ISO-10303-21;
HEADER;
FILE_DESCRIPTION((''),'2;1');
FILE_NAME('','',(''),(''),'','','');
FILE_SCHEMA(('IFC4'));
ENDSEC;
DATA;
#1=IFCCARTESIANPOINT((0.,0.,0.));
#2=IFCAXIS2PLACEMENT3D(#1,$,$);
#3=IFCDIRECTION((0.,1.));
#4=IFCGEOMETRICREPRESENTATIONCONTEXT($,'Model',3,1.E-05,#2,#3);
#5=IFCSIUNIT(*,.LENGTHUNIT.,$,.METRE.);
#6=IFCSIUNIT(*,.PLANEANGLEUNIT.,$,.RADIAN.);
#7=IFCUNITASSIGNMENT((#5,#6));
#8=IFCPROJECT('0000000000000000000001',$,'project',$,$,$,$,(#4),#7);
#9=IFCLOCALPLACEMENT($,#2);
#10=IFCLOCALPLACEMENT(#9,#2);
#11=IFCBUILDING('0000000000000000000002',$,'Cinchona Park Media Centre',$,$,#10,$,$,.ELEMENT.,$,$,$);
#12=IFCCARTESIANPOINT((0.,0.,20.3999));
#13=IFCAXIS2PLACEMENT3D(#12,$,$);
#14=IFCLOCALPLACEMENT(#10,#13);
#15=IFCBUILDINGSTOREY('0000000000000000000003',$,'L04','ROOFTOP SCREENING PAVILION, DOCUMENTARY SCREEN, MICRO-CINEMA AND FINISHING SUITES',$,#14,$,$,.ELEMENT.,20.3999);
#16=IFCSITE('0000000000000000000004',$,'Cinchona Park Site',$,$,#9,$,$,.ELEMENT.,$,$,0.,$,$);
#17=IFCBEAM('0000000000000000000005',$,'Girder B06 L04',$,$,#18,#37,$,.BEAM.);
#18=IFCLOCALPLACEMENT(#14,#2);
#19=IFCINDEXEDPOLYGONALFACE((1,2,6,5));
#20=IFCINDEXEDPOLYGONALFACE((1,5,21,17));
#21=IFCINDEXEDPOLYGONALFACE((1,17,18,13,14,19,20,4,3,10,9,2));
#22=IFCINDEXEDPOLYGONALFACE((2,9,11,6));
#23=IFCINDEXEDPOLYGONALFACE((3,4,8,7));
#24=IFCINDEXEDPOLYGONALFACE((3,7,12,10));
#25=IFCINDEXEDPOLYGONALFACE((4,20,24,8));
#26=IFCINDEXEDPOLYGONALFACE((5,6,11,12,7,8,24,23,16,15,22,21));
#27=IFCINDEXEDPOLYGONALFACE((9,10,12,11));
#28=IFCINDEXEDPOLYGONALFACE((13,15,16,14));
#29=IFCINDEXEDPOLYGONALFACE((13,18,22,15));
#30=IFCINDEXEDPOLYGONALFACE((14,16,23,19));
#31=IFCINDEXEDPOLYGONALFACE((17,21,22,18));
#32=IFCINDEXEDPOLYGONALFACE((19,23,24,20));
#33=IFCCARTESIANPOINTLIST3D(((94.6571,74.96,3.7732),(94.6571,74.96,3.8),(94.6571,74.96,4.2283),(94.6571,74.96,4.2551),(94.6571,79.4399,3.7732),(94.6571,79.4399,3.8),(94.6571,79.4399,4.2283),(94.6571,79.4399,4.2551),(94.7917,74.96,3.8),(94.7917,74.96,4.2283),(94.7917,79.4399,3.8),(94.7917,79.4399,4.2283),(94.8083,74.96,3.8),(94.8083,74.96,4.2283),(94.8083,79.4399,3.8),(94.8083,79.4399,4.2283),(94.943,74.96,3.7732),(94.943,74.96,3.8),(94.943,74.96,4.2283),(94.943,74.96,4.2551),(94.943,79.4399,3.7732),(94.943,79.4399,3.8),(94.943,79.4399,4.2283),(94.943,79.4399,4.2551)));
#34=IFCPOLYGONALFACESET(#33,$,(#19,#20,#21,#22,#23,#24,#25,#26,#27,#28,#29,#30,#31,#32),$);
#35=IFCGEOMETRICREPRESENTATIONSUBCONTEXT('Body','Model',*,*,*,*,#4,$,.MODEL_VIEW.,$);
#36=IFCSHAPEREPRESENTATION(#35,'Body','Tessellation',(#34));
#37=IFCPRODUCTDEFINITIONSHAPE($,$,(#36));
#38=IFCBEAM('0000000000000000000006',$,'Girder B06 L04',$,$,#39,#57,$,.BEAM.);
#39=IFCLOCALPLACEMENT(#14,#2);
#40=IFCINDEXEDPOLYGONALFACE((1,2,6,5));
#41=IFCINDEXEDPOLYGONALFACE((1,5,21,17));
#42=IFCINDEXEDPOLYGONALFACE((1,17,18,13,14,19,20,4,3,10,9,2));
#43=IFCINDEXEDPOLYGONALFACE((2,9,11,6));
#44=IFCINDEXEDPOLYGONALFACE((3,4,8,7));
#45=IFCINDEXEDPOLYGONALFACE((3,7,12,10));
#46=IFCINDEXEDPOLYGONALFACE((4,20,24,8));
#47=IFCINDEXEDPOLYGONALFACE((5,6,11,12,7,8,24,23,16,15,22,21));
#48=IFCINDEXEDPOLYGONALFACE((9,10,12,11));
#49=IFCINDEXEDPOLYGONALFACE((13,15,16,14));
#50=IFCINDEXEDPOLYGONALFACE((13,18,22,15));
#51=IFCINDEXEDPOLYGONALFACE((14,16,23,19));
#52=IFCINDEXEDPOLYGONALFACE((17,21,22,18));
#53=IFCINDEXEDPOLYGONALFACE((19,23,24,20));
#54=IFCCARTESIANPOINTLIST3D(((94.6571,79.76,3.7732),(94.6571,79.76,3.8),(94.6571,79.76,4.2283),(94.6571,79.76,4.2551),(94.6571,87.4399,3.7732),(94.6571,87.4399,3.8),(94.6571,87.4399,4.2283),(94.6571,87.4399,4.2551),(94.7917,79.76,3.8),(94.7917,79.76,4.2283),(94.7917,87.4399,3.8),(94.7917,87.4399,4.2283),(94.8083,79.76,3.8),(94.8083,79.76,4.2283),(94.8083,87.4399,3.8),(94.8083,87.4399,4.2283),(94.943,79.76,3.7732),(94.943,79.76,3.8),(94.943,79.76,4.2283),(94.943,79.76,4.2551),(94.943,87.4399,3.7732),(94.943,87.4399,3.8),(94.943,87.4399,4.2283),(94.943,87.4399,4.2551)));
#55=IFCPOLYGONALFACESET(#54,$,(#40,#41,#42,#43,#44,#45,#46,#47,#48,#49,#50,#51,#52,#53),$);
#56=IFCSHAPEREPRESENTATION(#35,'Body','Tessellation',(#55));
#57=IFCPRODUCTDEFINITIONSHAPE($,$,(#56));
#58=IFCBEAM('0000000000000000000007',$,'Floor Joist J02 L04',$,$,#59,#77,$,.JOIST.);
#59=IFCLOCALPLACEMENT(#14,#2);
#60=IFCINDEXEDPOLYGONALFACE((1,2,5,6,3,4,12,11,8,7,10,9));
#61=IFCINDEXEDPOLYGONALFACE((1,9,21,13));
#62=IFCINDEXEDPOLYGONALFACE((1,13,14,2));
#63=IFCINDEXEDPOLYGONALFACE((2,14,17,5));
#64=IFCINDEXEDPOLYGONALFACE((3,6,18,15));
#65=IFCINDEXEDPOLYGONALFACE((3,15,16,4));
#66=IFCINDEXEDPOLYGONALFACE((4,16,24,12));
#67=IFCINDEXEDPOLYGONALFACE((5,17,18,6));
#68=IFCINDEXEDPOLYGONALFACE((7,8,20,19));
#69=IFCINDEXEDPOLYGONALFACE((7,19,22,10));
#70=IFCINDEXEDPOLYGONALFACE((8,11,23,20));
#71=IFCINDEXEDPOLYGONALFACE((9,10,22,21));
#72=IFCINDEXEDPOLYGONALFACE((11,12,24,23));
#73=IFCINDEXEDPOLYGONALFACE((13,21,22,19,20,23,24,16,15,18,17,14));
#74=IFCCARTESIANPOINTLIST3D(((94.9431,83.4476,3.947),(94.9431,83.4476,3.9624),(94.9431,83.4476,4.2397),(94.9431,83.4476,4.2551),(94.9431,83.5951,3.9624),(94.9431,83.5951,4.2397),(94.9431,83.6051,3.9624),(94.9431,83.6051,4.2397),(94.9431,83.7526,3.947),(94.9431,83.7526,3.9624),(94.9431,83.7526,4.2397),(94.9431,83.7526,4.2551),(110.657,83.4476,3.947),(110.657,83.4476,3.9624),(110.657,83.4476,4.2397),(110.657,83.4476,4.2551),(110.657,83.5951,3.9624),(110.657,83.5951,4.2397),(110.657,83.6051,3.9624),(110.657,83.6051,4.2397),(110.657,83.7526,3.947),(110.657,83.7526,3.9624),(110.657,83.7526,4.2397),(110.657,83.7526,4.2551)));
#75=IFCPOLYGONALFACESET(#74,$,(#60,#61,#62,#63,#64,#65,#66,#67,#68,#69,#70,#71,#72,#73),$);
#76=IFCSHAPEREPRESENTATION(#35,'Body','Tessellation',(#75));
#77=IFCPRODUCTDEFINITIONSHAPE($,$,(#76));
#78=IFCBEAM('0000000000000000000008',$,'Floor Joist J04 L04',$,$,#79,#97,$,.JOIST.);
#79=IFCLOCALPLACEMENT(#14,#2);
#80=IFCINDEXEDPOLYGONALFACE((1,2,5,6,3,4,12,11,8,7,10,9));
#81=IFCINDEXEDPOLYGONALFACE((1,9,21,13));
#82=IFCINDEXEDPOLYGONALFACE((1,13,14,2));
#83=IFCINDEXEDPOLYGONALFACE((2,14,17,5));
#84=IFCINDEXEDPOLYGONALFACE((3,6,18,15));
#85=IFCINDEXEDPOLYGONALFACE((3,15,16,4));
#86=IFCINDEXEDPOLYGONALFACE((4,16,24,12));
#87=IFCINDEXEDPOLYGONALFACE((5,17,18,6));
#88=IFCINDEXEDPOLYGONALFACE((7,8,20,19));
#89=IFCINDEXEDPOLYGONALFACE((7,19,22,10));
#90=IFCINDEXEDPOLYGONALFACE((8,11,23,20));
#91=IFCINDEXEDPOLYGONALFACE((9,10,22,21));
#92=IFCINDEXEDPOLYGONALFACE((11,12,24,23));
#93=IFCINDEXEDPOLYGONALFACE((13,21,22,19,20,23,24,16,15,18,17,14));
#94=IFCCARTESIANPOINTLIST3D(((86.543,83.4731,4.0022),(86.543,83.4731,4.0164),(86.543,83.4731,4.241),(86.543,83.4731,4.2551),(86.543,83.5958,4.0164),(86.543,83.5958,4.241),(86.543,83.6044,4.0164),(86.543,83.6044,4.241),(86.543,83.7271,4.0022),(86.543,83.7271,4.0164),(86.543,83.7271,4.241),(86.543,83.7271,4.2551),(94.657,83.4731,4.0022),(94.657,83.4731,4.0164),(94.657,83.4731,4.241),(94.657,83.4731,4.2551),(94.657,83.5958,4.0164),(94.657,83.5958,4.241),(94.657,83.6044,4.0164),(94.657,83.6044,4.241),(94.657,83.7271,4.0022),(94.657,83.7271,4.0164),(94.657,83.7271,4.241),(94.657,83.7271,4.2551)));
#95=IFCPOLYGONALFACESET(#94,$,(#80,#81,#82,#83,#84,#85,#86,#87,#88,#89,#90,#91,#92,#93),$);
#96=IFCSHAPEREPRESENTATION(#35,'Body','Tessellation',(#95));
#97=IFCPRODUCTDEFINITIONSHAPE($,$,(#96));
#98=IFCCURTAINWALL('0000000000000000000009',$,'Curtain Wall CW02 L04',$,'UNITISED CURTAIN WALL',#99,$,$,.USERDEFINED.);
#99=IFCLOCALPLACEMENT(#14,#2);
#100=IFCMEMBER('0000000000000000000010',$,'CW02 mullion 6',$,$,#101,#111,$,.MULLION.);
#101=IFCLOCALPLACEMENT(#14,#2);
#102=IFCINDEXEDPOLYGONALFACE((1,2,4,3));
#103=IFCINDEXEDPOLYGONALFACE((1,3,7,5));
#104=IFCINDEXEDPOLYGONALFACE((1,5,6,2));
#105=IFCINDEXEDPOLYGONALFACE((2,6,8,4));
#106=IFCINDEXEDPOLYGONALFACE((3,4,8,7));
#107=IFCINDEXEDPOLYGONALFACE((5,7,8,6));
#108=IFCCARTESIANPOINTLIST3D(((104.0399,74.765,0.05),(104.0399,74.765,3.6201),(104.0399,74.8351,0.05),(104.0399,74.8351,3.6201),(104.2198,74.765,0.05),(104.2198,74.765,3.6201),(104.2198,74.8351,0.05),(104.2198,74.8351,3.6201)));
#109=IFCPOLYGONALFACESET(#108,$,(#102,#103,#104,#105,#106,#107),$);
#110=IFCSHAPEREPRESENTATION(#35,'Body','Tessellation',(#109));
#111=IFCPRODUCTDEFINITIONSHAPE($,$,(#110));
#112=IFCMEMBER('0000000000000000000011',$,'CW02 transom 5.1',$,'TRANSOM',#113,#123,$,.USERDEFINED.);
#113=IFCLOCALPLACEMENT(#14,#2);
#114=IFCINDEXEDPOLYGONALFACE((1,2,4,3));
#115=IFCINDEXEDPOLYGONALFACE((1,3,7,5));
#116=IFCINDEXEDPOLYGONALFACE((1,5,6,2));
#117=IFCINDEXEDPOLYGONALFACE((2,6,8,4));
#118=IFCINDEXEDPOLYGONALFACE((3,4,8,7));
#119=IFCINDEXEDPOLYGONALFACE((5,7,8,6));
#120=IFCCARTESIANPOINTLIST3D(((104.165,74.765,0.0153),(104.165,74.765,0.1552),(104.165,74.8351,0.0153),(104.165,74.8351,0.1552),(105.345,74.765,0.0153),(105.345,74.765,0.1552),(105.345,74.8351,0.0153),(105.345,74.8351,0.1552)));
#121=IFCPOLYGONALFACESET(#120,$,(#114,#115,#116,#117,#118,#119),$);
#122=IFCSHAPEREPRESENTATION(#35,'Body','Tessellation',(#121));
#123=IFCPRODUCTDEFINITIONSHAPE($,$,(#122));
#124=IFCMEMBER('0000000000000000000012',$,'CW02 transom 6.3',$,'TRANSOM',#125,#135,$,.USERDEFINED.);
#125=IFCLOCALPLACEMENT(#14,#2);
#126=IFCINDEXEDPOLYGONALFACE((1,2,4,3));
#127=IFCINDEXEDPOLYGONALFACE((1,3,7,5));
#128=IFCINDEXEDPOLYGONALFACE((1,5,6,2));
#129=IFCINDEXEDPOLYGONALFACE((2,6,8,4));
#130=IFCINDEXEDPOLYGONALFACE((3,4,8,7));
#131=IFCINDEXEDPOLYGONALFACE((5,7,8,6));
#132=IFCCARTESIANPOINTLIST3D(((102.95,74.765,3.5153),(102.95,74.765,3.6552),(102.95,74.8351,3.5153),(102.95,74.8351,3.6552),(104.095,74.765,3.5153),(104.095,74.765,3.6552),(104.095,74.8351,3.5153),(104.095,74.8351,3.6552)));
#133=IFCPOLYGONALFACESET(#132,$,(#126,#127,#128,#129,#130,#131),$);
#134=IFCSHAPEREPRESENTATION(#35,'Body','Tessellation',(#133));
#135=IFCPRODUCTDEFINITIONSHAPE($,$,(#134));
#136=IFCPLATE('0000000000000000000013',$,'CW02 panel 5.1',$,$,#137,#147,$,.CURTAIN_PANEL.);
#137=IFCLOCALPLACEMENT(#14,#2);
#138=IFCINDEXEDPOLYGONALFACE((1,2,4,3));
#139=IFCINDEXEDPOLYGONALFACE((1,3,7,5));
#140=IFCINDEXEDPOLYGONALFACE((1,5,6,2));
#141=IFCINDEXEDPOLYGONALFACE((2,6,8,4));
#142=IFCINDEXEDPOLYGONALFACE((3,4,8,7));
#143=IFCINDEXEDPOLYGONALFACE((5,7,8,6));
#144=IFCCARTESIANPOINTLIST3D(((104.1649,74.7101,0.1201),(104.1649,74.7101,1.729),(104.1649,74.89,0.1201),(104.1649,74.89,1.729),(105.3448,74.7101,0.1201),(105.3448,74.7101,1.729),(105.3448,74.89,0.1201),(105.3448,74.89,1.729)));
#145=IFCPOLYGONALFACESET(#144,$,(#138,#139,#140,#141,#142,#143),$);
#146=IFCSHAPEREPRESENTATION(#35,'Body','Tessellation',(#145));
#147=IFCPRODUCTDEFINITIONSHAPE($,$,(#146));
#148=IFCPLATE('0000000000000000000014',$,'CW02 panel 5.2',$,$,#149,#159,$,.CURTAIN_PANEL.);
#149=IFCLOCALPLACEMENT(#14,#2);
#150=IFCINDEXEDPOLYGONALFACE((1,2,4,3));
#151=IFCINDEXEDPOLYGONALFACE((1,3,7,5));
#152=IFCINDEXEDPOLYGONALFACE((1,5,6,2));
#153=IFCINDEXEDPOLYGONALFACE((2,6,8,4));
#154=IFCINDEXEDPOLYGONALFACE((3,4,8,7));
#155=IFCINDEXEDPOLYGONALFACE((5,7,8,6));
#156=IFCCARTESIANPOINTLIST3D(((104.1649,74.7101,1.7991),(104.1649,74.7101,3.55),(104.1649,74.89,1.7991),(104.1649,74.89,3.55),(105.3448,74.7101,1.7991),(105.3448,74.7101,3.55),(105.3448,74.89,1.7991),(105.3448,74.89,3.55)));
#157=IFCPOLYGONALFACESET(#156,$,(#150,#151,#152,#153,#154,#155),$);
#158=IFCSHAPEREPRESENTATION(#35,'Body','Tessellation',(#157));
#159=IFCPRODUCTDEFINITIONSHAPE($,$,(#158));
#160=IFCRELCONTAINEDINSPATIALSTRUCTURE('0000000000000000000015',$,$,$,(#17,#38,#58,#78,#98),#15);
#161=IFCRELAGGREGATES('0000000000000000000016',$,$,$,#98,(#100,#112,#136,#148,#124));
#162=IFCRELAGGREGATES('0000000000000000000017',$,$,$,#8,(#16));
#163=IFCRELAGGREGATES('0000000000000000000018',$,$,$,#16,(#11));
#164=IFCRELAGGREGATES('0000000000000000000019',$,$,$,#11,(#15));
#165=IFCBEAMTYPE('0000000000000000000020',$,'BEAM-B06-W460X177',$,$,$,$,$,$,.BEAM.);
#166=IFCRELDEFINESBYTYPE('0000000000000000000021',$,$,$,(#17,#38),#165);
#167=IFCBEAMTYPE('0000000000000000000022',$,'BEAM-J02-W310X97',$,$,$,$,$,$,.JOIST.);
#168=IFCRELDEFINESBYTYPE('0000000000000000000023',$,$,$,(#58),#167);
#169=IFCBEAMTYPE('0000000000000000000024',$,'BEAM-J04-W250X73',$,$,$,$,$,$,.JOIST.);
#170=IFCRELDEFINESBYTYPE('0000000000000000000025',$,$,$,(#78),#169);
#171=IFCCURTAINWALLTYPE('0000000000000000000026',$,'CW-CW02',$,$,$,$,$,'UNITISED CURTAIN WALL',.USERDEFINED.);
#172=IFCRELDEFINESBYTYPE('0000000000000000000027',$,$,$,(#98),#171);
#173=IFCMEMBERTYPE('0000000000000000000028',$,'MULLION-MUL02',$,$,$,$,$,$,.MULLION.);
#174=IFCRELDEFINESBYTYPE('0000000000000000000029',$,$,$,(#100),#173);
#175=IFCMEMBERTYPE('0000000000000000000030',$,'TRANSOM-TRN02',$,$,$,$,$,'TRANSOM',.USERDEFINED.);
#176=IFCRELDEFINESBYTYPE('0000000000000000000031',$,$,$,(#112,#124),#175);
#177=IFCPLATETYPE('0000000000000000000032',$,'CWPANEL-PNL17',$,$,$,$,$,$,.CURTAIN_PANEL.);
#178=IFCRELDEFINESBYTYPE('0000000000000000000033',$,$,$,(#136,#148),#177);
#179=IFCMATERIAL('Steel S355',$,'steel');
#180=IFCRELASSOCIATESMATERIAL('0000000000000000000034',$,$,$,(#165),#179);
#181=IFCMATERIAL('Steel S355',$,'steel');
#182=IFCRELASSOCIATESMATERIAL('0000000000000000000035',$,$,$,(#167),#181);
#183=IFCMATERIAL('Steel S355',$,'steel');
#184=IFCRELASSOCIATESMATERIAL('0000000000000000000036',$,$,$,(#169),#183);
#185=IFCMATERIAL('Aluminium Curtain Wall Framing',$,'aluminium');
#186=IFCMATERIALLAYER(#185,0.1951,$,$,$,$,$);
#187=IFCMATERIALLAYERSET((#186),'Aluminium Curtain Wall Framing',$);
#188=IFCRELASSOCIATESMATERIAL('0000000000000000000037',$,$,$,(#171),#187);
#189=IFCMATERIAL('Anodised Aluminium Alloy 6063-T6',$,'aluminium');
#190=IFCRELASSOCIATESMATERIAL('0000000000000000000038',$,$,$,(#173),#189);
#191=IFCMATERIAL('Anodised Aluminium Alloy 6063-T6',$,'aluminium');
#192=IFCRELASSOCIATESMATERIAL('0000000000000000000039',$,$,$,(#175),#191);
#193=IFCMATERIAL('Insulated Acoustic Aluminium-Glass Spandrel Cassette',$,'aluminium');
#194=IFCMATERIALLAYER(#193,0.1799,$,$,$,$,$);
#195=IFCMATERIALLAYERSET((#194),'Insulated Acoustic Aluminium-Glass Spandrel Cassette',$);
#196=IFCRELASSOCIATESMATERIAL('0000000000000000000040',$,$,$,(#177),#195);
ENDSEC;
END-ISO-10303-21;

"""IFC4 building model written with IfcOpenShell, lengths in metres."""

from ifc_helpers import new_model, si_unit, direction, frame, origin, origin_2d, place, context, subcontext, project, spatial, rectangle, i_section, extrude, material, layer, layer_set, material_profile, profile_set, type_object, element, aggregate, save


model = new_model("IFC4")

# Units and contexts
model_context = context("Model", 3, precision=1e-05, world=origin(), true_north=direction((0.0, 1.0)))
body_context = subcontext(model_context, "Body", "Model", "MODEL_VIEW")
ifc_project = project(units=[si_unit("LENGTHUNIT", "METRE"), si_unit("PLANEANGLEUNIT", "RADIAN")], contexts=[model_context])

# Site, building, storey
site_placement = place(None, origin())
site = spatial("IfcSite", under=ifc_project, at=site_placement, Name="Cinchona Park Site", CompositionType="ELEMENT", RefElevation=0.0)
building_placement = place(site_placement, origin())
building = spatial("IfcBuilding", under=site, at=building_placement, Name="Cinchona Park Media Centre", CompositionType="ELEMENT")
storey_placement = place(building_placement, frame((0.0, 0.0, 20.3999)))
storey = spatial("IfcBuildingStorey", under=building, at=storey_placement, Name="L04", Description="ROOFTOP SCREENING PAVILION, DOCUMENTARY SCREEN, MICRO-CINEMA AND FINISHING SUITES", CompositionType="ELEMENT", Elevation=20.3999)

# Beams
ifc_material_1 = material(Name="Steel S355", Category="steel")
ifc_material_profile_1 = material_profile(ifc_material_1, i_section(OverallWidth=0.2859, OverallDepth=0.4819, WebThickness=0.0166, FlangeThickness=0.0269, at=origin_2d()), Name="W460X177")
ifc_profile_set_1 = profile_set([ifc_material_profile_1], Name="Steel S355")
beam_type_1 = type_object("IfcBeamType", Name="BEAM-B06-W460X177", PredefinedType="BEAM", material=ifc_profile_set_1)
beam_1_placement = place(storey_placement, frame((94.8, 74.96, 4.0142), z_axis=(0.0, 1.0, 0.0), x_axis=(-1.0, 0.0, 0.0)))
element("IfcBeam", 1, at=beam_1_placement, inside=storey, type_object=beam_type_1, Name="Girder B06 L04", PredefinedType="BEAM", context=body_context, shape_type="SweptSolid", body=[
    extrude(i_section(OverallWidth=0.2859, OverallDepth=0.4819, WebThickness=0.0166, FlangeThickness=0.0269, at=origin_2d()), origin(), (0.0, 0.0, 1.0), 4.48),
])
beam_2_placement = place(storey_placement, frame((94.8, 79.76, 4.0142), z_axis=(0.0, 1.0, 0.0), x_axis=(-1.0, 0.0, 0.0)))
element("IfcBeam", 2, at=beam_2_placement, inside=storey, type_object=beam_type_1, Name="Girder B06 L04", PredefinedType="BEAM", context=body_context, shape_type="SweptSolid", body=[
    extrude(i_section(OverallWidth=0.2859, OverallDepth=0.4819, WebThickness=0.0166, FlangeThickness=0.0269, at=origin_2d()), origin(), (0.0, 0.0, 1.0), 7.6799),
])
ifc_material_2 = material(Name="Steel S355", Category="steel")
ifc_material_profile_2 = material_profile(ifc_material_2, i_section(OverallWidth=0.3049, OverallDepth=0.3081, WebThickness=0.01, FlangeThickness=0.0154, at=origin_2d()), Name="W310X97")
ifc_profile_set_2 = profile_set([ifc_material_profile_2], Name="Steel S355")
beam_type_2 = type_object("IfcBeamType", Name="BEAM-J02-W310X97", PredefinedType="JOIST", material=ifc_profile_set_2)
beam_3_placement = place(storey_placement, frame((94.9431, 83.6001, 4.1011), z_axis=(1.0, 0.0, 0.0), x_axis=(0.0, 1.0, 0.0)))
element("IfcBeam", 3, at=beam_3_placement, inside=storey, type_object=beam_type_2, Name="Floor Joist J02 L04", PredefinedType="JOIST", context=body_context, shape_type="SweptSolid", body=[
    extrude(i_section(OverallWidth=0.3049, OverallDepth=0.3081, WebThickness=0.01, FlangeThickness=0.0154, at=origin_2d()), origin(), (0.0, 0.0, 1.0), 15.7139),
])
ifc_material_3 = material(Name="Steel S355", Category="steel")
ifc_material_profile_3 = material_profile(ifc_material_3, i_section(OverallWidth=0.2539, OverallDepth=0.2529, WebThickness=0.0085, FlangeThickness=0.0142, at=origin_2d()), Name="W250X73")
ifc_profile_set_3 = profile_set([ifc_material_profile_3], Name="Steel S355")
beam_type_3 = type_object("IfcBeamType", Name="BEAM-J04-W250X73", PredefinedType="JOIST", material=ifc_profile_set_3)
beam_4_placement = place(storey_placement, frame((86.543, 83.6001, 4.1287), z_axis=(1.0, 0.0, 0.0), x_axis=(0.0, 1.0, 0.0)))
element("IfcBeam", 4, at=beam_4_placement, inside=storey, type_object=beam_type_3, Name="Floor Joist J04 L04", PredefinedType="JOIST", context=body_context, shape_type="SweptSolid", body=[
    extrude(i_section(OverallWidth=0.2539, OverallDepth=0.2529, WebThickness=0.0085, FlangeThickness=0.0142, at=origin_2d()), origin(), (0.0, 0.0, 1.0), 8.114),
])

# Curtain wall, members, plates
ifc_material_4 = material(Name="Aluminium Curtain Wall Framing", Category="aluminium")
ifc_layer_1 = layer(ifc_material_4, 0.1951)
ifc_layer_set_1 = layer_set([ifc_layer_1], Name="Aluminium Curtain Wall Framing")
curtain_wall_type = type_object("IfcCurtainWallType", Name="CW-CW02", ElementType="UNITISED CURTAIN WALL", PredefinedType="USERDEFINED", material=ifc_layer_set_1)
curtain_wall_placement = place(storey_placement, origin())
curtain_wall = element("IfcCurtainWall", 5, at=curtain_wall_placement, inside=storey, type_object=curtain_wall_type, Name="Curtain Wall CW02 L04", ObjectType="UNITISED CURTAIN WALL", PredefinedType="USERDEFINED")
ifc_material_5 = material(Name="Anodised Aluminium Alloy 6063-T6", Category="aluminium")
ifc_material_profile_4 = material_profile(ifc_material_5, rectangle(XDim=0.0701, YDim=0.1799, at=origin_2d()), Name="MUL-70X180")
ifc_profile_set_4 = profile_set([ifc_material_profile_4], Name="Anodised Aluminium Alloy 6063-T6")
member_type_1 = type_object("IfcMemberType", Name="MULLION-MUL02", PredefinedType="MULLION", material=ifc_profile_set_4)
member_1_placement = place(storey_placement, frame((104.1299, 74.8, 0.05), z_axis=(0.0, 0.0, 1.0), x_axis=(0.0, -1.0, 0.0)))
member_1 = element("IfcMember", 6, at=member_1_placement, type_object=member_type_1, Name="CW02 mullion 6", PredefinedType="MULLION", context=body_context, shape_type="SweptSolid", body=[
    extrude(rectangle(XDim=0.0701, YDim=0.1799, at=origin_2d()), origin(), (0.0, 0.0, 1.0), 3.5701),
])
ifc_material_6 = material(Name="Anodised Aluminium Alloy 6063-T6", Category="aluminium")
ifc_material_profile_5 = material_profile(ifc_material_6, rectangle(XDim=0.0701, YDim=0.1399, at=origin_2d()), Name="TRN-70X140")
ifc_profile_set_5 = profile_set([ifc_material_profile_5], Name="Anodised Aluminium Alloy 6063-T6")
member_type_2 = type_object("IfcMemberType", Name="TRANSOM-TRN02", ElementType="TRANSOM", PredefinedType="USERDEFINED", material=ifc_profile_set_5)
member_2_placement = place(storey_placement, frame((105.345, 74.8, 0.0852), z_axis=(-1.0, 0.0, 0.0), x_axis=(0.0, -1.0, 0.0)))
member_2 = element("IfcMember", 7, at=member_2_placement, type_object=member_type_2, Name="CW02 transom 5.1", ObjectType="TRANSOM", PredefinedType="USERDEFINED", context=body_context, shape_type="SweptSolid", body=[
    extrude(rectangle(XDim=0.0701, YDim=0.1399, at=origin_2d()), origin(), (0.0, 0.0, 1.0), 1.1799),
])
member_3_placement = place(storey_placement, frame((104.095, 74.8, 3.5852), z_axis=(-1.0, 0.0, 0.0), x_axis=(0.0, -1.0, 0.0)))
member_3 = element("IfcMember", 8, at=member_3_placement, type_object=member_type_2, Name="CW02 transom 6.3", ObjectType="TRANSOM", PredefinedType="USERDEFINED", context=body_context, shape_type="SweptSolid", body=[
    extrude(rectangle(XDim=0.0701, YDim=0.1399, at=origin_2d()), origin(), (0.0, 0.0, 1.0), 1.145),
])
ifc_material_7 = material(Name="Insulated Acoustic Aluminium-Glass Spandrel Cassette", Category="aluminium")
ifc_layer_2 = layer(ifc_material_7, 0.1799)
ifc_layer_set_2 = layer_set([ifc_layer_2], Name="Insulated Acoustic Aluminium-Glass Spandrel Cassette")
plate_type = type_object("IfcPlateType", Name="CWPANEL-PNL17", PredefinedType="CURTAIN_PANEL", material=ifc_layer_set_2)
plate_1_placement = place(storey_placement, frame((104.7549, 74.8, 0.1201), z_axis=(0.0, 0.0, 1.0), x_axis=(-1.0, 0.0, 0.0)))
plate_1 = element("IfcPlate", 9, at=plate_1_placement, type_object=plate_type, Name="CW02 panel 5.1", PredefinedType="CURTAIN_PANEL", context=body_context, shape_type="SweptSolid", body=[
    extrude(rectangle(XDim=1.1799, YDim=0.1799, at=origin_2d()), origin(), (0.0, 0.0, 1.0), 1.6089),
])
plate_2_placement = place(storey_placement, frame((104.7549, 74.8, 1.7991), z_axis=(0.0, 0.0, 1.0), x_axis=(-1.0, 0.0, 0.0)))
plate_2 = element("IfcPlate", 10, at=plate_2_placement, type_object=plate_type, Name="CW02 panel 5.2", PredefinedType="CURTAIN_PANEL", context=body_context, shape_type="SweptSolid", body=[
    extrude(rectangle(XDim=1.1799, YDim=0.1799, at=origin_2d()), origin(), (0.0, 0.0, 1.0), 1.751),
])
aggregate(curtain_wall, [member_1, member_2, plate_1, plate_2, member_3])

save(model, "model.ifc")
